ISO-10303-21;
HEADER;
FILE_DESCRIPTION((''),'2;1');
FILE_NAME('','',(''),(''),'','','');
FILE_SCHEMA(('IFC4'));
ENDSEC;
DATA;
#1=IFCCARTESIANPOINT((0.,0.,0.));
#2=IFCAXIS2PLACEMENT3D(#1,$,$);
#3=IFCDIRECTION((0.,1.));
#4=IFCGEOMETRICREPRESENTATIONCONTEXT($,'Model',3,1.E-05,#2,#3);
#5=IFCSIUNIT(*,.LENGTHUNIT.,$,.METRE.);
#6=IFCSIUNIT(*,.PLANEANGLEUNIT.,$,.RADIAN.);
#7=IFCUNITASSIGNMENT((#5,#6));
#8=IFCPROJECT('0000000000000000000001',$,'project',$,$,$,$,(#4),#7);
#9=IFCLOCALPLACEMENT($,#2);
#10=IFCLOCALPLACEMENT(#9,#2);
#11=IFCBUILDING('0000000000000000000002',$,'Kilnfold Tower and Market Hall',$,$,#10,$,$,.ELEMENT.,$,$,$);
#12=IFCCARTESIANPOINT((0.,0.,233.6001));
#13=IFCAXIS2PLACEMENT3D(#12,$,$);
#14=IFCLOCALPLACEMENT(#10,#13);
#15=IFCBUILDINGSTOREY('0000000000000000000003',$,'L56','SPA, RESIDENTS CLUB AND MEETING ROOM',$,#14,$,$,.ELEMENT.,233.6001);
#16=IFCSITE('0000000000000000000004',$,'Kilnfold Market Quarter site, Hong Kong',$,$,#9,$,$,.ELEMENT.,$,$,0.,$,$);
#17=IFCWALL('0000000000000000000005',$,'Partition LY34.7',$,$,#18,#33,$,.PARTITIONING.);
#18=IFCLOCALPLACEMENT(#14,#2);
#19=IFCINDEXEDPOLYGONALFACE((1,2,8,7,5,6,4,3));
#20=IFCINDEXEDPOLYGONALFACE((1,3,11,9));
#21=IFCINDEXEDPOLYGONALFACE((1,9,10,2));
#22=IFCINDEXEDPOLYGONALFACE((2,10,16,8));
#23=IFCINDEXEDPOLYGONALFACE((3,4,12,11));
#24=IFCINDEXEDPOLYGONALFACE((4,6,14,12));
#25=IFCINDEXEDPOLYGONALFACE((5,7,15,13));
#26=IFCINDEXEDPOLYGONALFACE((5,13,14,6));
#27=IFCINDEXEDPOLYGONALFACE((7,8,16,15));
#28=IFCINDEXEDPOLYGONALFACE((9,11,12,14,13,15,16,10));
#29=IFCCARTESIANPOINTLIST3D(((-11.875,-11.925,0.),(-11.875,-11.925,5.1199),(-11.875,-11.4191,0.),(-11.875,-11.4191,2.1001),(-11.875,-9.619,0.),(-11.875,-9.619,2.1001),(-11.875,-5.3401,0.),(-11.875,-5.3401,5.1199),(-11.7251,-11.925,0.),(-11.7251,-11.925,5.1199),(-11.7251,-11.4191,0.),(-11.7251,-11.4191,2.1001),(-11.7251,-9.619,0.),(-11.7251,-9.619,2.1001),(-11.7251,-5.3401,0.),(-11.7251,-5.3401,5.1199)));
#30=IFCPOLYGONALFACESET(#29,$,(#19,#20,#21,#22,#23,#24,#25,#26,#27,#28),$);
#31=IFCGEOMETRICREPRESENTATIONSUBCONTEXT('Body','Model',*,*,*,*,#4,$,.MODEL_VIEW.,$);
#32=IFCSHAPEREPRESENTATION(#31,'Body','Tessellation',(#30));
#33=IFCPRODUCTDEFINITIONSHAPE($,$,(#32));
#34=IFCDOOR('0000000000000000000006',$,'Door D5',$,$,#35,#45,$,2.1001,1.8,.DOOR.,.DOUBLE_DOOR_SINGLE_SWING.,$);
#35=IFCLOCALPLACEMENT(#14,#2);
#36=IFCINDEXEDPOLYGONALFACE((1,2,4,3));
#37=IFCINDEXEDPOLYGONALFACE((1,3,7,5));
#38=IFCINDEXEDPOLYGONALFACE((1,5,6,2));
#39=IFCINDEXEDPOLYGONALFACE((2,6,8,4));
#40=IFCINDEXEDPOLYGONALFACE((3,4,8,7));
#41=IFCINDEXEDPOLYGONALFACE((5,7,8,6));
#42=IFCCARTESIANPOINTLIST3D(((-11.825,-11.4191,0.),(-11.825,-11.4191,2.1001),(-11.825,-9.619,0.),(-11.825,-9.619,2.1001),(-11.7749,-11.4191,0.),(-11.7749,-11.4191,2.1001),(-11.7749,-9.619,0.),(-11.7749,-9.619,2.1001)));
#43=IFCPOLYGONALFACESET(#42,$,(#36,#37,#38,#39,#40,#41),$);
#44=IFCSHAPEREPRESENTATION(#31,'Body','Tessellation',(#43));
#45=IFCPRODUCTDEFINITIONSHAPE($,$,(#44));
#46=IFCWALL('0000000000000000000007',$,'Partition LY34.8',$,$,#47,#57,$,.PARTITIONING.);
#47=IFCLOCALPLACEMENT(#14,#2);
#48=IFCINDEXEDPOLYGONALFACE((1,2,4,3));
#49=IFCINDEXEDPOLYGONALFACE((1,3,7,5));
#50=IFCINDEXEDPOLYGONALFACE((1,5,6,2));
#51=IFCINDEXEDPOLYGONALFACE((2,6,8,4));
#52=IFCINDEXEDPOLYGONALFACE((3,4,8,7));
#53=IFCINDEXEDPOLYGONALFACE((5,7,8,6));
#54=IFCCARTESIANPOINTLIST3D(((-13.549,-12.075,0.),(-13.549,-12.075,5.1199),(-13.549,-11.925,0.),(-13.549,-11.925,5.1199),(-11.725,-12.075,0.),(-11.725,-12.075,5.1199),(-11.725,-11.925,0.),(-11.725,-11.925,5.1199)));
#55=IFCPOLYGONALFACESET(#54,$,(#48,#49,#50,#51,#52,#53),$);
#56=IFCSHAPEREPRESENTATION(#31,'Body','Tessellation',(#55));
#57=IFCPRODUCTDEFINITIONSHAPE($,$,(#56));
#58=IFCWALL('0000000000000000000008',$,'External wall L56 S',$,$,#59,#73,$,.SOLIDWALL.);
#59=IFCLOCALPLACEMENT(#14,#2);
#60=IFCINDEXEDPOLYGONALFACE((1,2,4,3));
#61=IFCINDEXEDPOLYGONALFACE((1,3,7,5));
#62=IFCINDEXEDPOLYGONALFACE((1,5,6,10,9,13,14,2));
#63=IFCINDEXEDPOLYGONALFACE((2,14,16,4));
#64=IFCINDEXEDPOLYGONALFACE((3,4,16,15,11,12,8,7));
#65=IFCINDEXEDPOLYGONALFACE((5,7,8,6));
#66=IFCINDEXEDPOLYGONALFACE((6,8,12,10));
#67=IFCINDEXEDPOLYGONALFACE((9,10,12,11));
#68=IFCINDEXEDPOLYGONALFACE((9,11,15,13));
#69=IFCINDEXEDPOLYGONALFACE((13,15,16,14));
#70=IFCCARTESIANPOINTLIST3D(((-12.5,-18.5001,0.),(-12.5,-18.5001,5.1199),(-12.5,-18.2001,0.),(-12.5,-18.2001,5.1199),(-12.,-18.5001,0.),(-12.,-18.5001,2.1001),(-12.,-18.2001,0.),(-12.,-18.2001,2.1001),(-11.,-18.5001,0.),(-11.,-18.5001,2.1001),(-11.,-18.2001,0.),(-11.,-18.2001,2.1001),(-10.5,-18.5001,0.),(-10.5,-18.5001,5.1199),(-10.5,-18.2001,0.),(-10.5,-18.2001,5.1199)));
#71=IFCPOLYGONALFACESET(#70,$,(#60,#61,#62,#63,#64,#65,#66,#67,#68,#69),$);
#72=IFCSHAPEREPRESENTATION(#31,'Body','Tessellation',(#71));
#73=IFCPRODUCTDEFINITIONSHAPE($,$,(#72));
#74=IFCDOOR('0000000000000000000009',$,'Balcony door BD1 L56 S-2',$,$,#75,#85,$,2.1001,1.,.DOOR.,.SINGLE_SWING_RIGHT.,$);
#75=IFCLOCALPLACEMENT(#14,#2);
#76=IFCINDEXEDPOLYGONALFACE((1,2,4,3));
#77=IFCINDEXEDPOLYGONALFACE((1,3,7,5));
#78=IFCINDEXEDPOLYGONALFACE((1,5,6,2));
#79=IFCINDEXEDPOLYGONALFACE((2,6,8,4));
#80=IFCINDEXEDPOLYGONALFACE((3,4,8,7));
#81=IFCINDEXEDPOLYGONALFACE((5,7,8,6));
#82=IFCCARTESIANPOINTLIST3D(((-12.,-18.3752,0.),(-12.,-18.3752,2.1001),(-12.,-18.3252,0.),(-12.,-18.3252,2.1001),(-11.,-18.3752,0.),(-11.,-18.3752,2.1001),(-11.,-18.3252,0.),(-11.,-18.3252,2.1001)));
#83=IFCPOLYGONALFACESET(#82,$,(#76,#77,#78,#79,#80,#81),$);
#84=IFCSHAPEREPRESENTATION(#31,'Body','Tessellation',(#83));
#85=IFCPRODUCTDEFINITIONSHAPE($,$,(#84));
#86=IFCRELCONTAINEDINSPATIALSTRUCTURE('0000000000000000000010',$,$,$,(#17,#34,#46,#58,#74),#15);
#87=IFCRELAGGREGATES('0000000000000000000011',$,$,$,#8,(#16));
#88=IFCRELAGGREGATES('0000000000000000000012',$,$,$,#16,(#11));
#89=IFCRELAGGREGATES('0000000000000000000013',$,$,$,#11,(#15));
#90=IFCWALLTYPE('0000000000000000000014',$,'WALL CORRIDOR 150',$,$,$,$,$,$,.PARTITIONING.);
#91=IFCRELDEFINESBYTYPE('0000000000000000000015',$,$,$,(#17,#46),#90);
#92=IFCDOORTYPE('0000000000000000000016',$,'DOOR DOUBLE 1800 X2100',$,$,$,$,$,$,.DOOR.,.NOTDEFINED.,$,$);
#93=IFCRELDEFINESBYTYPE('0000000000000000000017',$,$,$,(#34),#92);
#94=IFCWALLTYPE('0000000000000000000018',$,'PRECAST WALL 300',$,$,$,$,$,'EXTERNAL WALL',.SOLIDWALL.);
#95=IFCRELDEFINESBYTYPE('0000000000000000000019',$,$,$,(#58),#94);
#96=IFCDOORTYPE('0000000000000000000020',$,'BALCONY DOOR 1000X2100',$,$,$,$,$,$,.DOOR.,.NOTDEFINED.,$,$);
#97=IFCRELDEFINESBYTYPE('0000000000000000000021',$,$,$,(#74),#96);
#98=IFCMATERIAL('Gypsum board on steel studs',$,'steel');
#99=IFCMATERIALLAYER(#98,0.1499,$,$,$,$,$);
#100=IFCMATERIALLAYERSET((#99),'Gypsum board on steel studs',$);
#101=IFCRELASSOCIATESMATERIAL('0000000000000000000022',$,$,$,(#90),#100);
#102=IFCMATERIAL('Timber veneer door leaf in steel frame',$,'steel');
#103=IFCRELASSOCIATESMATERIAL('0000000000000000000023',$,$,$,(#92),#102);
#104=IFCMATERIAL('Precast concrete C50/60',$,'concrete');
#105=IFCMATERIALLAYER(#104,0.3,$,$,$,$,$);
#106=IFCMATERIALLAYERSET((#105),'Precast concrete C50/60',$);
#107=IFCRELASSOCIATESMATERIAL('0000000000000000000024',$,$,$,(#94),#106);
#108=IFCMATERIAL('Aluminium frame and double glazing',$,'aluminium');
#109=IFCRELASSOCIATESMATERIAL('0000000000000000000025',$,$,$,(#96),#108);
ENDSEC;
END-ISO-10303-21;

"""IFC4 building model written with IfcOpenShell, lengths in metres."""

from ifc_helpers import new_model, si_unit, direction, frame, frame_2d, origin, place, context, subcontext, project, spatial, rectangle, extrude, source, transform, mapped, material, layer, layer_set, type_object, element, fill, save


model = new_model("IFC4")

# Units and contexts
model_context = context("Model", 3, precision=1e-05, world=origin(), true_north=direction((0.0, 1.0)))
body_context = subcontext(model_context, "Body", "Model", "MODEL_VIEW")
ifc_project = project(units=[si_unit("LENGTHUNIT", "METRE"), si_unit("PLANEANGLEUNIT", "RADIAN")], contexts=[model_context])

# Site, building, storey
site_placement = place(None, origin())
site = spatial("IfcSite", under=ifc_project, at=site_placement, Name="Kilnfold Market Quarter site, Hong Kong", CompositionType="ELEMENT", RefElevation=0.0)
building_placement = place(site_placement, origin())
building = spatial("IfcBuilding", under=site, at=building_placement, Name="Kilnfold Tower and Market Hall", CompositionType="ELEMENT")
storey_placement = place(building_placement, frame((0.0, 0.0, 233.6001)))
storey = spatial("IfcBuildingStorey", under=building, at=storey_placement, Name="L56", Description="SPA, RESIDENTS CLUB AND MEETING ROOM", CompositionType="ELEMENT", Elevation=233.6001)

# Wall, opening, door
ifc_material_1 = material(Name="Gypsum board on steel studs", Category="steel")
ifc_layer_1 = layer(ifc_material_1, 0.1499)
ifc_layer_set_1 = layer_set([ifc_layer_1], Name="Gypsum board on steel studs")
wall_type_1 = type_object("IfcWallType", Name="WALL CORRIDOR 150", PredefinedType="PARTITIONING", material=ifc_layer_set_1)
wall_1_placement = place(storey_placement, frame((-11.8, -11.925, 0.0), z_axis=(0.0, 0.0, 1.0), x_axis=(0.0, 1.0, 0.0)))
wall_1 = element("IfcWall", 1, at=wall_1_placement, inside=storey, type_object=wall_type_1, Name="Partition LY34.7", PredefinedType="PARTITIONING", context=body_context, shape_type="SweptSolid", body=[
    extrude(rectangle(XDim=6.585, YDim=0.1499, at=frame_2d((3.2925, 0.0))), origin(), (0.0, 0.0, 1.0), 5.1199),
])
opening_1_placement = place(wall_1_placement, frame((0.5061, 0.0, 0.0)))
opening_1 = element("IfcOpeningElement", 2, at=opening_1_placement, cuts=wall_1, PredefinedType="OPENING", context=body_context, shape_type="SweptSolid", body=[
    extrude(rectangle(XDim=1.8, YDim=2.1001, at=frame_2d((0.8999, 1.05))), frame((0.0, 0.085, 0.0), z_axis=(0.0, -1.0, 0.0), x_axis=(1.0, 0.0, 0.0)), (0.0, 0.0, 1.0), 0.1699),
])
ifc_material_2 = material(Name="Timber veneer door leaf in steel frame", Category="steel")
door_type_1 = type_object("IfcDoorType", Name="DOOR DOUBLE 1800 X2100", OperationType="NOTDEFINED", PredefinedType="DOOR", material=ifc_material_2)
door_1_placement = place(opening_1_placement, origin())
door_1 = element("IfcDoor", 3, at=door_1_placement, inside=storey, type_object=door_type_1, Name="Door D5", OperationType="DOUBLE_DOOR_SINGLE_SWING", OverallHeight=2.1001, OverallWidth=1.8, PredefinedType="DOOR", context=body_context, shape_type="SweptSolid", body=[
    extrude(rectangle(XDim=1.8, YDim=2.1001, at=frame_2d((0.8999, 1.05))), frame((0.0, 0.0249, 0.0), z_axis=(0.0, -1.0, 0.0), x_axis=(1.0, 0.0, 0.0)), (0.0, 0.0, 1.0), 0.05),
])
fill(opening_1, door_1)

# Wall
wall_2_placement = place(storey_placement, frame((-13.5491, -12.0, 0.0), z_axis=(0.0, 0.0, 1.0), x_axis=(1.0, 0.0, 0.0)))
element("IfcWall", 4, at=wall_2_placement, inside=storey, type_object=wall_type_1, Name="Partition LY34.8", PredefinedType="PARTITIONING", context=body_context, shape_type="SweptSolid", body=[
    extrude(rectangle(XDim=1.824, YDim=0.1499, at=frame_2d((0.9121, 0.0))), origin(), (0.0, 0.0, 1.0), 5.1199),
])

# Wall, opening, door
ifc_material_3 = material(Name="Precast concrete C50/60", Category="concrete")
ifc_layer_2 = layer(ifc_material_3, 0.3)
ifc_layer_set_2 = layer_set([ifc_layer_2], Name="Precast concrete C50/60")
wall_type_2 = type_object("IfcWallType", Name="PRECAST WALL 300", ElementType="EXTERNAL WALL", PredefinedType="SOLIDWALL", material=ifc_layer_set_2)
shared_shape_1 = source(origin(), body_context, "Body", "SweptSolid", [
    extrude(rectangle(XDim=2.0, YDim=0.3, at=frame_2d((1.0, 0.0))), origin(), (0.0, 0.0, 1.0), 5.1199),
])
wall_3_placement = place(storey_placement, frame((-12.5, -18.3501, 0.0), z_axis=(0.0, 0.0, 1.0), x_axis=(1.0, 0.0, 0.0)))
wall_3 = element("IfcWall", 5, at=wall_3_placement, inside=storey, type_object=wall_type_2, Name="External wall L56 S", PredefinedType="SOLIDWALL", context=body_context, shape_type="MappedRepresentation", body=[
    mapped(shared_shape_1, transform((0.0, 0.0, 0.0))),
])
opening_2_placement = place(wall_3_placement, frame((0.5, 0.0, 0.0)))
opening_2 = element("IfcOpeningElement", 6, at=opening_2_placement, cuts=wall_3, PredefinedType="OPENING", context=body_context, shape_type="SweptSolid", body=[
    extrude(rectangle(XDim=1.0, YDim=2.1001, at=frame_2d((0.5, 1.05))), frame((0.0, 0.1602, 0.0), z_axis=(0.0, -1.0, 0.0), x_axis=(1.0, 0.0, 0.0)), (0.0, 0.0, 1.0), 0.3201),
])
ifc_material_4 = material(Name="Aluminium frame and double glazing", Category="aluminium")
door_type_2 = type_object("IfcDoorType", Name="BALCONY DOOR 1000X2100", OperationType="NOTDEFINED", PredefinedType="DOOR", material=ifc_material_4)
door_2_placement = place(opening_2_placement, origin())
door_2 = element("IfcDoor", 7, at=door_2_placement, inside=storey, type_object=door_type_2, Name="Balcony door BD1 L56 S-2", OperationType="SINGLE_SWING_RIGHT", OverallHeight=2.1001, OverallWidth=1.0, PredefinedType="DOOR", context=body_context, shape_type="SweptSolid", body=[
    extrude(rectangle(XDim=1.0, YDim=2.1001, at=frame_2d((0.5, 1.05))), frame((0.0, 0.0249, 0.0), z_axis=(0.0, -1.0, 0.0), x_axis=(1.0, 0.0, 0.0)), (0.0, 0.0, 1.0), 0.05),
])
fill(opening_2, door_2)

save(model, "model.ifc")
